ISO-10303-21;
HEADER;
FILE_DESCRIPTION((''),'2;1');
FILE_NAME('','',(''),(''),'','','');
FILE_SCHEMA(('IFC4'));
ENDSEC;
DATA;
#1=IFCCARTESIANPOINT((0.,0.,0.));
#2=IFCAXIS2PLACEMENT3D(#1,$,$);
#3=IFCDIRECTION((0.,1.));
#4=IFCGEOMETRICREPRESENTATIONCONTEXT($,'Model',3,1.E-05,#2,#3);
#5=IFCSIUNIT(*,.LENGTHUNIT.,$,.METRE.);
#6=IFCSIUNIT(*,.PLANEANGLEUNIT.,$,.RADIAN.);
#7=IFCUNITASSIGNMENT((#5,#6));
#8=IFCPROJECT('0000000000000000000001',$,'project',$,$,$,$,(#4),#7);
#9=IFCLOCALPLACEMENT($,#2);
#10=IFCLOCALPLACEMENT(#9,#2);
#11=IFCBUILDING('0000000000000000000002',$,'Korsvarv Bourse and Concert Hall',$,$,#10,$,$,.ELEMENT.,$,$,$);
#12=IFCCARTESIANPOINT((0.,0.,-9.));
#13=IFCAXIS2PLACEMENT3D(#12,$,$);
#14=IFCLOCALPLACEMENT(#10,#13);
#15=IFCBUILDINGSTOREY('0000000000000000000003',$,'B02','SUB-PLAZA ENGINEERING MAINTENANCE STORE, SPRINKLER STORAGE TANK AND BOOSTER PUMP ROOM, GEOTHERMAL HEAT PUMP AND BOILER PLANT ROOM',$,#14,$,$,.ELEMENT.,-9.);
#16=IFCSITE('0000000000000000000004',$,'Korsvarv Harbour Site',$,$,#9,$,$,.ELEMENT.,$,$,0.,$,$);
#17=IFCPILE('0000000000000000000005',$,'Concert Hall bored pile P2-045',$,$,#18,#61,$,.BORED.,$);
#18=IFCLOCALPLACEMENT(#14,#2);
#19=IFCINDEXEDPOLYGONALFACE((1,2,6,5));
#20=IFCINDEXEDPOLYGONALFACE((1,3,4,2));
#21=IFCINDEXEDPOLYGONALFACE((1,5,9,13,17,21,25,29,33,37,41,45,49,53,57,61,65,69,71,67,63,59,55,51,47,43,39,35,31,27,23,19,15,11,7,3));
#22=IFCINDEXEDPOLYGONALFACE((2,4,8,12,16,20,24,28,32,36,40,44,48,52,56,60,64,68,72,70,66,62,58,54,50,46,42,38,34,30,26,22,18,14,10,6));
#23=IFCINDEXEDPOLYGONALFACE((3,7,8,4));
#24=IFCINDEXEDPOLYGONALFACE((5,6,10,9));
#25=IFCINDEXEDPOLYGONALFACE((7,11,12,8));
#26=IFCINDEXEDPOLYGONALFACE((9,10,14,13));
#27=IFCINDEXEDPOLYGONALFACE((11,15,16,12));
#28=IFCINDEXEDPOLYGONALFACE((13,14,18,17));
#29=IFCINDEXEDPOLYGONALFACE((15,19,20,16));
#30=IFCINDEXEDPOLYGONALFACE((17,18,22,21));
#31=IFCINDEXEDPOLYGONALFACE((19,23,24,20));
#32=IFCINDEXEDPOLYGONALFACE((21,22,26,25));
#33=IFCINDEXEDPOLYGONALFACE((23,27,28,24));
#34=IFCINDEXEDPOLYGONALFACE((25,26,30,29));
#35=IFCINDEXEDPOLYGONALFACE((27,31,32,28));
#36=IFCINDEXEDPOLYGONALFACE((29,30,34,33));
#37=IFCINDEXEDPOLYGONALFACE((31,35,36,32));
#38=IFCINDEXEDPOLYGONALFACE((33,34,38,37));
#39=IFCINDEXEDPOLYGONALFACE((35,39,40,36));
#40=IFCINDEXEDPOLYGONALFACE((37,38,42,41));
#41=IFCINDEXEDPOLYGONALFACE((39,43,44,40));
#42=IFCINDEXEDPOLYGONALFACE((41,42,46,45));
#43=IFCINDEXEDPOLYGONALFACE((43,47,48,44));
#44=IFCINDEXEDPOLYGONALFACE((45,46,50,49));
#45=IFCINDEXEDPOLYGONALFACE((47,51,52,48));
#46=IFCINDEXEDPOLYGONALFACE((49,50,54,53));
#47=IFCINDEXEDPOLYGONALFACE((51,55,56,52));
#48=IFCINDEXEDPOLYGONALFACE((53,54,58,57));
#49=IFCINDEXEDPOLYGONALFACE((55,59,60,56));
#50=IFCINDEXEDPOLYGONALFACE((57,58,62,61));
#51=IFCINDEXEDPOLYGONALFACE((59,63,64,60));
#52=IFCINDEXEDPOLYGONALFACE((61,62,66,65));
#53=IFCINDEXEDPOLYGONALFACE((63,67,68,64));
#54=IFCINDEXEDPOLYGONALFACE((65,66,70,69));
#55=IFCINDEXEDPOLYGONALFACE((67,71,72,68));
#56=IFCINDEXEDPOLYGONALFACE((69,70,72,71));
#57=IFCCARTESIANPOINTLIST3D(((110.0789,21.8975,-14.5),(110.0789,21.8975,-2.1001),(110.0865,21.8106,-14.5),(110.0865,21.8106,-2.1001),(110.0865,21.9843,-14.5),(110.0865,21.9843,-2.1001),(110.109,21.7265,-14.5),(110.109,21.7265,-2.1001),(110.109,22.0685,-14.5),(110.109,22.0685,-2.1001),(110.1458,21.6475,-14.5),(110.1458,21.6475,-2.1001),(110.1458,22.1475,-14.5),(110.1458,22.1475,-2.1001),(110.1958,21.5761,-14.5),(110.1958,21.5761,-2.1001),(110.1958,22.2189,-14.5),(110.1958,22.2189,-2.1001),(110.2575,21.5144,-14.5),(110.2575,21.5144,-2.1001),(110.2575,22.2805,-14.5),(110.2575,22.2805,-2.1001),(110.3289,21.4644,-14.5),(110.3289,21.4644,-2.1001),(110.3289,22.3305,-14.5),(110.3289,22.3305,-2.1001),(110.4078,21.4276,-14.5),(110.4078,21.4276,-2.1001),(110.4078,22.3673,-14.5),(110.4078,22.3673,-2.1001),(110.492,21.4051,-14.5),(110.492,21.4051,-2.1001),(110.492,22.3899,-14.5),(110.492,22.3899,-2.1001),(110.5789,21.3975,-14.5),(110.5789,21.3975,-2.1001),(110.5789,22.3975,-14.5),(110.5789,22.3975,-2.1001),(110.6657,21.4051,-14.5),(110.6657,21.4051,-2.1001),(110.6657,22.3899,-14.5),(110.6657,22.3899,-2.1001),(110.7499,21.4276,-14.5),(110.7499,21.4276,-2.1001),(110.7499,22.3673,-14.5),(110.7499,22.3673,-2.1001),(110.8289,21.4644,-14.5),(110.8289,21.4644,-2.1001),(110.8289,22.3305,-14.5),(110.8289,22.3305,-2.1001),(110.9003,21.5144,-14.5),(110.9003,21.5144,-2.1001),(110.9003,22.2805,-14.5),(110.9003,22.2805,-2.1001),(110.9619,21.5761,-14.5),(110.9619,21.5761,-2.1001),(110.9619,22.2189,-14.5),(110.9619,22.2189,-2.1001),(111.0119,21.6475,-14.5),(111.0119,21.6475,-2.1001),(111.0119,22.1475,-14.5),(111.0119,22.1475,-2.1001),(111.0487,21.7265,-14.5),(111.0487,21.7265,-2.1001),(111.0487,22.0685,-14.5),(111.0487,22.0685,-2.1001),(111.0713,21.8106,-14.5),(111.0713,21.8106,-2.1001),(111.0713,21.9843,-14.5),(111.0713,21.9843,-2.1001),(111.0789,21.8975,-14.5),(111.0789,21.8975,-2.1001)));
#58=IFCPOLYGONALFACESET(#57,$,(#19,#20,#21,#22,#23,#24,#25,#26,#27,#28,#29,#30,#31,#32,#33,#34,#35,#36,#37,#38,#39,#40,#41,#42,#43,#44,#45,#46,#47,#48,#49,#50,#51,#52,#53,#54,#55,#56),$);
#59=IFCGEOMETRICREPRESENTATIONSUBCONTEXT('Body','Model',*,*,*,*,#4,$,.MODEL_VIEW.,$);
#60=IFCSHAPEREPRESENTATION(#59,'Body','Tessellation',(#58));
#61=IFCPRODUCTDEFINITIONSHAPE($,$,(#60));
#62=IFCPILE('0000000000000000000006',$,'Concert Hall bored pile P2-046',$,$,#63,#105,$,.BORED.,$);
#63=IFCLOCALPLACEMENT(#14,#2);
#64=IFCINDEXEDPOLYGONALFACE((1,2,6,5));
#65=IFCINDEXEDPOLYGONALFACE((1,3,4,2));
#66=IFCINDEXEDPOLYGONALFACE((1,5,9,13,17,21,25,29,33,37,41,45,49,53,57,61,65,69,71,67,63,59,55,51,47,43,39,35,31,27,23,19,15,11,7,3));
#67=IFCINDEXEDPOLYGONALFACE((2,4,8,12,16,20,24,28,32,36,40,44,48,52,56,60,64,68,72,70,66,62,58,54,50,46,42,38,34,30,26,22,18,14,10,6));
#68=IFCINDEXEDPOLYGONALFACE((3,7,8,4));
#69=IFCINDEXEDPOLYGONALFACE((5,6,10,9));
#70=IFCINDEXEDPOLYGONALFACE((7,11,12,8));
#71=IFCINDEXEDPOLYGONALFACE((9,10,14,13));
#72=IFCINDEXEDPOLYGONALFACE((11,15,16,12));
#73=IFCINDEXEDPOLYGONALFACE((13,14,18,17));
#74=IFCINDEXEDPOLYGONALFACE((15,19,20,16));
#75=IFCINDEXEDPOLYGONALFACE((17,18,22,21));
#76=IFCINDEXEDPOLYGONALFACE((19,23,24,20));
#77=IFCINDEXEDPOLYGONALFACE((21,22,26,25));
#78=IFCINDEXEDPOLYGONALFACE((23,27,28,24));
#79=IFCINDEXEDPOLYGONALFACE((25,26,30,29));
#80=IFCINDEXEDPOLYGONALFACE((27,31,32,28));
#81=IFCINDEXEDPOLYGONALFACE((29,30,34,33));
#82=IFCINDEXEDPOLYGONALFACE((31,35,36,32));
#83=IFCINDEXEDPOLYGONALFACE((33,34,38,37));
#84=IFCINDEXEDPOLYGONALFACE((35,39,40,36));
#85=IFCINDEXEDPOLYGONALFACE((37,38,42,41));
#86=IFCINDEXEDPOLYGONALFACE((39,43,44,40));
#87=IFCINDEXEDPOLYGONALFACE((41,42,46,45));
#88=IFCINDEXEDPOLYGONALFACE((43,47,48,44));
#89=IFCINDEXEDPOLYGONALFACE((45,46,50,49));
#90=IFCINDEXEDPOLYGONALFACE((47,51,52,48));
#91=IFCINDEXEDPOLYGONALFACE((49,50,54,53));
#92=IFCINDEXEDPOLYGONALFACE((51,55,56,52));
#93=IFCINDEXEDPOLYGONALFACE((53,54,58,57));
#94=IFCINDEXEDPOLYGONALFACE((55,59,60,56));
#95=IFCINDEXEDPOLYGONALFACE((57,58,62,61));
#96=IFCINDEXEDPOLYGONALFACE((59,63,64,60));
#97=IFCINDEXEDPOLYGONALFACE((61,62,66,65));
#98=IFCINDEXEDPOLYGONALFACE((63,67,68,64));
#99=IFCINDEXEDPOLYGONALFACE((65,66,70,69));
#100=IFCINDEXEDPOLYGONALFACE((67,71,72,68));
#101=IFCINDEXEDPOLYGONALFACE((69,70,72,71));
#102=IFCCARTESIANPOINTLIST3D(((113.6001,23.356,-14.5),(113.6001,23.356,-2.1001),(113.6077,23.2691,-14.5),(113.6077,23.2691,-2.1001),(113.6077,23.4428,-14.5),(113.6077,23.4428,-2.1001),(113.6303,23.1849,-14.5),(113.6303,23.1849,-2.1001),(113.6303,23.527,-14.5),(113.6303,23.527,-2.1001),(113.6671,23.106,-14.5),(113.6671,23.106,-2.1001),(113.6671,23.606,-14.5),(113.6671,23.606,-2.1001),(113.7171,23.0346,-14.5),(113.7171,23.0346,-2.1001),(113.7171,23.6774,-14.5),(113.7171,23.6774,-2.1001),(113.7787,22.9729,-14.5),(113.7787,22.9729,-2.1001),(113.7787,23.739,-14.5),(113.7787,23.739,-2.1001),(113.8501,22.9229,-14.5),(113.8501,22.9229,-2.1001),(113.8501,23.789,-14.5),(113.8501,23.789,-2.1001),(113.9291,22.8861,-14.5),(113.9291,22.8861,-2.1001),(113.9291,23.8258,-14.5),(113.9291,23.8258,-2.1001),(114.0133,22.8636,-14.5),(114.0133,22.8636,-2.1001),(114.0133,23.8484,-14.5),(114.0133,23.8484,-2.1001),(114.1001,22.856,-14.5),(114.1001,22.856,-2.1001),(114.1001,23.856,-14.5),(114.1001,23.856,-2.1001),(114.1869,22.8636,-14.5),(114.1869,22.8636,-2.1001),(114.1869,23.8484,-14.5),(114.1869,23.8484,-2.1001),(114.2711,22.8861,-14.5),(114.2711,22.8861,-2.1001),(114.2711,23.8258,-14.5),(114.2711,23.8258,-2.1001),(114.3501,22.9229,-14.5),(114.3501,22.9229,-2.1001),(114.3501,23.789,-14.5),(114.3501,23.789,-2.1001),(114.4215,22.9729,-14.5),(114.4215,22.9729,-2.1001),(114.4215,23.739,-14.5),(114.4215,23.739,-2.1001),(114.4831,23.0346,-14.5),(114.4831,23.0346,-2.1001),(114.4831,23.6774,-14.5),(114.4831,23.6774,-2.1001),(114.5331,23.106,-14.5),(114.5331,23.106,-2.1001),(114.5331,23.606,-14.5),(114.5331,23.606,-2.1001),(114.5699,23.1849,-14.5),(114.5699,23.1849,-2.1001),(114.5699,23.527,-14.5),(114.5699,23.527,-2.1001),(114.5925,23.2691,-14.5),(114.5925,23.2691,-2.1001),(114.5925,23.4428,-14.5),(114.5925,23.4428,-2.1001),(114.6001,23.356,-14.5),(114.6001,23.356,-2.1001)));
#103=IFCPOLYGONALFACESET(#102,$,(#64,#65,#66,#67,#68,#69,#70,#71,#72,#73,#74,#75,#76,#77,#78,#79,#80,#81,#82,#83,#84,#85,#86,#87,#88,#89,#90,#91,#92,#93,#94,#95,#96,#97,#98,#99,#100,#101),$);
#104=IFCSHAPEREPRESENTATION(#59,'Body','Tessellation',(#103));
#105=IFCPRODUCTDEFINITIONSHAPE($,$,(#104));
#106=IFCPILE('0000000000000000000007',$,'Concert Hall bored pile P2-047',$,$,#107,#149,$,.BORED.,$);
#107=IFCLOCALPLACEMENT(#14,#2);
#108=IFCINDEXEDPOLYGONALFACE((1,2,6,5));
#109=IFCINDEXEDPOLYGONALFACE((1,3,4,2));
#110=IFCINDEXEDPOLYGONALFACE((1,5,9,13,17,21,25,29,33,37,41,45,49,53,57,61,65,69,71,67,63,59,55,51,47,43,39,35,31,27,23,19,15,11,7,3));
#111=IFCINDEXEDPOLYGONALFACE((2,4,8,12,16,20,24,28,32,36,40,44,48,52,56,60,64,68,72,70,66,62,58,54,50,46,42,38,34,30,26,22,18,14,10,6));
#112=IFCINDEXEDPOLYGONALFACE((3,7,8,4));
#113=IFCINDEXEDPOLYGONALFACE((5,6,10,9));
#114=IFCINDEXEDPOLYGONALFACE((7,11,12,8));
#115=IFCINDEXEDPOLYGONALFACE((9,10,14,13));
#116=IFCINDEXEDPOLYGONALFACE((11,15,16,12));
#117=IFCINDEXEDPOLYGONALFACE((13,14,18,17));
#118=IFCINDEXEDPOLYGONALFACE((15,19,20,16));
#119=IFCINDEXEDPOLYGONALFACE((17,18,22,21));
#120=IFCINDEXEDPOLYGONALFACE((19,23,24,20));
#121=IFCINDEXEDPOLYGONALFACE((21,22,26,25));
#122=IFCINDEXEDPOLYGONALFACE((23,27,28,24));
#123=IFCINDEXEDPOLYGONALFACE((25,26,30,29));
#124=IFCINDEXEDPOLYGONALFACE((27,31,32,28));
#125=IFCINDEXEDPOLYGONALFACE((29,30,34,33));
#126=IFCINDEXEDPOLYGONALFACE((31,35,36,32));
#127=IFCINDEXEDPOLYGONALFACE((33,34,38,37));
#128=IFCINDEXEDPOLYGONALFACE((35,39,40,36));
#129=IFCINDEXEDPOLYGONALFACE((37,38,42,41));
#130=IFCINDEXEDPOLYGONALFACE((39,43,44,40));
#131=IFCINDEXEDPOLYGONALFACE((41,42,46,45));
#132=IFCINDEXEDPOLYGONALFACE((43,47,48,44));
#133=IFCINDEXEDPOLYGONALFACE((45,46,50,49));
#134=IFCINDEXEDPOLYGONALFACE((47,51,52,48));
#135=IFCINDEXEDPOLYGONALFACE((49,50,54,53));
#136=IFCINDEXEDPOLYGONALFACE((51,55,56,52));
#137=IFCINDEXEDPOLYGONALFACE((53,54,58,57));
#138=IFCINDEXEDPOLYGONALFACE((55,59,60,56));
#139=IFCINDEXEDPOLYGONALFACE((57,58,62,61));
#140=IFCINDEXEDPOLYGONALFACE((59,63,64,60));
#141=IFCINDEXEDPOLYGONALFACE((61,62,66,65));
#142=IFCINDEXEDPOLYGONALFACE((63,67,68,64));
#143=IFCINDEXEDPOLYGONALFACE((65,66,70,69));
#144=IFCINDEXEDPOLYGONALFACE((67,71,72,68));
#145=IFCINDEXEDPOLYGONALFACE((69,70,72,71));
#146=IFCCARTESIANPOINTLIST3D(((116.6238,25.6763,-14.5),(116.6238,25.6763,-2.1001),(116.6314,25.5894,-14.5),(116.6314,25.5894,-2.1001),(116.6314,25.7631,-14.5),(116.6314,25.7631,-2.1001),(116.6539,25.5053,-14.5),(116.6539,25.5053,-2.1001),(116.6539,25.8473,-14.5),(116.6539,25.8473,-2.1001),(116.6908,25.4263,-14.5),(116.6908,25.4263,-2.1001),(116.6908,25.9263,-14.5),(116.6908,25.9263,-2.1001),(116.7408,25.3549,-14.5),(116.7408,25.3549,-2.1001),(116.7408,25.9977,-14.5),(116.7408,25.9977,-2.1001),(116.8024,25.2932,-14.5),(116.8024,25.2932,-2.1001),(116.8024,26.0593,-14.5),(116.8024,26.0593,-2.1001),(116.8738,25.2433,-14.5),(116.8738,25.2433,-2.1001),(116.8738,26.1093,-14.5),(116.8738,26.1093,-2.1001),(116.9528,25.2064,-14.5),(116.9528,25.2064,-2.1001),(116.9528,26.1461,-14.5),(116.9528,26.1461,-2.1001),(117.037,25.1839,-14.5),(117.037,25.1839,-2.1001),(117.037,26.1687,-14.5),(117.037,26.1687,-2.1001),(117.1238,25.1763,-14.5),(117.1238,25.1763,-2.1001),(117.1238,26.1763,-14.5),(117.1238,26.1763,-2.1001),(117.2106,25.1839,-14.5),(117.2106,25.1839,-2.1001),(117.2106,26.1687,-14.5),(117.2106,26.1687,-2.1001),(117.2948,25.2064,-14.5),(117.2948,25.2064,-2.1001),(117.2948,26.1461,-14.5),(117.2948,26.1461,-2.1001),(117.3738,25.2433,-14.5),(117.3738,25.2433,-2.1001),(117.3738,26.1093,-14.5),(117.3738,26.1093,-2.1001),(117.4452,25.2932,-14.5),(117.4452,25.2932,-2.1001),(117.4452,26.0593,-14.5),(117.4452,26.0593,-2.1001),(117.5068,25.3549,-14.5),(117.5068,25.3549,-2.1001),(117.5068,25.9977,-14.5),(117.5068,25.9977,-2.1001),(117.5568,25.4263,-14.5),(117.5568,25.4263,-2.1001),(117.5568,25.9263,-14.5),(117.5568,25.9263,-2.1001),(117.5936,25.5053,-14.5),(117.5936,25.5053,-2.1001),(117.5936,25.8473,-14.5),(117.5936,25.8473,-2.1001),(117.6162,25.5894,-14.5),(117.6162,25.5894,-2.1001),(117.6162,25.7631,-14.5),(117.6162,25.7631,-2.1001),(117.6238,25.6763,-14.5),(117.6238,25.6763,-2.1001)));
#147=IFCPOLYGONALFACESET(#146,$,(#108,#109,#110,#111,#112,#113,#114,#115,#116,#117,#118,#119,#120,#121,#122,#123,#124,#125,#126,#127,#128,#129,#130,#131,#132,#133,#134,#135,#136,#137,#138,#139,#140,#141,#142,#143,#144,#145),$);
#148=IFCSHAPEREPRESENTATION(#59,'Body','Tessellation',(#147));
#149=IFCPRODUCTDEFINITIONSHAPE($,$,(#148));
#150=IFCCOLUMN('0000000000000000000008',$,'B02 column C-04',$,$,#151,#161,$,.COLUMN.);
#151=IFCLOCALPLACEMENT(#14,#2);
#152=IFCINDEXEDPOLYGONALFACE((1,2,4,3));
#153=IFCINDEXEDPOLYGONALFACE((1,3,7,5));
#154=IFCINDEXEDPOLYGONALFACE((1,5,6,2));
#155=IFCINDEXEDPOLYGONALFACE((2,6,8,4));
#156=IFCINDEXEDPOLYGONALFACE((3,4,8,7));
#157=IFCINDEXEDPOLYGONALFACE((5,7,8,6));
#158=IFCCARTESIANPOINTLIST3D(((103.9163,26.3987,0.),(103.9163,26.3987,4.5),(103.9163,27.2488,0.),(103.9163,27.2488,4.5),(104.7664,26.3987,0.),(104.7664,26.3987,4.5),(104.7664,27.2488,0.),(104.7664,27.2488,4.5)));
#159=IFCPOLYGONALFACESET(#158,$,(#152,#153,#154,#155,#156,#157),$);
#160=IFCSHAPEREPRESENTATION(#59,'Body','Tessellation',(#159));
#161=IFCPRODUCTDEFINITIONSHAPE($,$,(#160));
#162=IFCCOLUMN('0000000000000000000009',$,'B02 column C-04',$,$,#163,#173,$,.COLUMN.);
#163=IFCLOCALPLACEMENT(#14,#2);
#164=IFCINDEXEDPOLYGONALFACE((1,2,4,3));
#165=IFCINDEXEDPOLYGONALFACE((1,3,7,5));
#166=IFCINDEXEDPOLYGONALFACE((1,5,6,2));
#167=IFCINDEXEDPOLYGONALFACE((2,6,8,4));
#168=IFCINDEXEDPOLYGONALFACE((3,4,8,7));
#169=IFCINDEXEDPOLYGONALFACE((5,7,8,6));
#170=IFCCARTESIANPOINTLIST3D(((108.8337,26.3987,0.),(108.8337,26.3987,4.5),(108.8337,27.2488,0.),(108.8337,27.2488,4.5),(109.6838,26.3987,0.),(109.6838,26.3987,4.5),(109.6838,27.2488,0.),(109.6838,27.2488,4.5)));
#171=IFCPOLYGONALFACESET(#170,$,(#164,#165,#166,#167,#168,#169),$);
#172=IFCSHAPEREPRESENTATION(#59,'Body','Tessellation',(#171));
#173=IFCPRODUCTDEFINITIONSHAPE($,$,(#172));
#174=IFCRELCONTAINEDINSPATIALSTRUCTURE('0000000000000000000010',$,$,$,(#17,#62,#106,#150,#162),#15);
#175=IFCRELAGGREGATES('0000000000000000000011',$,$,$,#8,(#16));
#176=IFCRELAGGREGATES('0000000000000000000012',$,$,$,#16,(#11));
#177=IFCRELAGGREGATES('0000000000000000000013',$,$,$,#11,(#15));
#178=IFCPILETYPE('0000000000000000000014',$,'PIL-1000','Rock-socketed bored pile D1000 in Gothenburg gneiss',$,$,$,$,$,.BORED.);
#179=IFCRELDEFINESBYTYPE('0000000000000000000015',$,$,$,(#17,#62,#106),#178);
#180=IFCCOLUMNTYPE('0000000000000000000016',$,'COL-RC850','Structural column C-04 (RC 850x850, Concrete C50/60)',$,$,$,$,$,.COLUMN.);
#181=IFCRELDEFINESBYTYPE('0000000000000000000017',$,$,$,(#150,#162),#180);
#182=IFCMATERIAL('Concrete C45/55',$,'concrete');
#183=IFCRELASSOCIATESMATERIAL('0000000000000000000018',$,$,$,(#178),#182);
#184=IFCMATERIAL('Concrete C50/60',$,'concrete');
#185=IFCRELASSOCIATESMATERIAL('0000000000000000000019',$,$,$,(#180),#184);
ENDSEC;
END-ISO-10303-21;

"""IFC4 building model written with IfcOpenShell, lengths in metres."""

from ifc_helpers import new_model, si_unit, direction, frame, origin, origin_2d, place, context, subcontext, project, spatial, rectangle, circle, extrude, source, transform, mapped, material, material_profile, profile_set, type_object, element, save


model = new_model("IFC4")

# Units and contexts
model_context = context("Model", 3, precision=1e-05, world=origin(), true_north=direction((0.0, 1.0)))
body_context = subcontext(model_context, "Body", "Model", "MODEL_VIEW")
ifc_project = project(units=[si_unit("LENGTHUNIT", "METRE"), si_unit("PLANEANGLEUNIT", "RADIAN")], contexts=[model_context])

# Site, building, storey
site_placement = place(None, origin())
site = spatial("IfcSite", under=ifc_project, at=site_placement, Name="Korsvarv Harbour Site", CompositionType="ELEMENT", RefElevation=0.0)
building_placement = place(site_placement, origin())
building = spatial("IfcBuilding", under=site, at=building_placement, Name="Korsvarv Bourse and Concert Hall", CompositionType="ELEMENT")
storey_placement = place(building_placement, frame((0.0, 0.0, -9.0)))
storey = spatial("IfcBuildingStorey", under=building, at=storey_placement, Name="B02", Description="SUB-PLAZA ENGINEERING MAINTENANCE STORE, SPRINKLER STORAGE TANK AND BOOSTER PUMP ROOM, GEOTHERMAL HEAT PUMP AND BOILER PLANT ROOM", CompositionType="ELEMENT", Elevation=-9.0)

# Piles
ifc_material_1 = material(Name="Concrete C45/55", Category="concrete")
ifc_material_profile_1 = material_profile(ifc_material_1, circle(Radius=0.5, at=origin_2d()), Name="PILE D1000")
ifc_profile_set_1 = profile_set([ifc_material_profile_1], Name="Concrete C45/55")
pile_type = type_object("IfcPileType", Name="PIL-1000", Description="Rock-socketed bored pile D1000 in Gothenburg gneiss", PredefinedType="BORED", material=ifc_profile_set_1)
shared_shape_1 = source(origin(), body_context, "Body", "SweptSolid", [
    extrude(circle(Radius=0.5, at=origin_2d()), origin(), (0.0, 0.0, 1.0), 12.3999),
])
for number, where, z_axis, x_axis, name in (
    (1, (110.5789, 21.8975, -2.1001), (0.0, 0.0, -1.0), (1.0, 0.0, 0.0), "Concert Hall bored pile P2-045"),
    (2, (114.1001, 23.356, -2.1001), (0.0, 0.0, -1.0), (1.0, 0.0, 0.0), "Concert Hall bored pile P2-046"),
    (3, (117.1238, 25.6763, -2.1001), (0.0, 0.0, -1.0), (1.0, 0.0, 0.0), "Concert Hall bored pile P2-047"),
):
    element("IfcPile", number, at=place(storey_placement, frame(where, z_axis=z_axis, x_axis=x_axis)), inside=storey, type_object=pile_type, Name=name, PredefinedType="BORED", context=body_context, shape_type="MappedRepresentation", body=[
        mapped(shared_shape_1, transform((0.0, 0.0, 0.0), scale=1.0)),
    ])

# Columns
ifc_material_2 = material(Name="Concrete C50/60", Category="concrete")
ifc_material_profile_2 = material_profile(ifc_material_2, rectangle(XDim=0.8501, YDim=0.8501, at=origin_2d()), Name="RC 850x850")
ifc_profile_set_2 = profile_set([ifc_material_profile_2], Name="Concrete C50/60")
column_type_1 = type_object("IfcColumnType", Name="COL-RC850", Description="Structural column C-04 (RC 850x850, Concrete C50/60)", PredefinedType="COLUMN", material=ifc_profile_set_2)
shared_shape_2 = source(origin(), body_context, "Body", "SweptSolid", [
    extrude(rectangle(XDim=0.8501, YDim=0.8501, at=origin_2d()), origin(), (0.0, 0.0, 1.0), 4.5),
])
for number, where, z_axis, x_axis, name in (
    (4, (104.3413, 26.8237, 0.0), (0.0, 0.0, 1.0), (1.0, 0.0, 0.0), "B02 column C-04"),
    (5, (109.2588, 26.8237, 0.0), (0.0, 0.0, 1.0), (1.0, 0.0, 0.0), "B02 column C-04"),
):
    element("IfcColumn", number, at=place(storey_placement, frame(where, z_axis=z_axis, x_axis=x_axis)), inside=storey, type_object=column_type_1, Name=name, PredefinedType="COLUMN", context=body_context, shape_type="MappedRepresentation", body=[
        mapped(shared_shape_2, transform((0.0, 0.0, 0.0), scale=1.0)),
    ])

save(model, "model.ifc")
